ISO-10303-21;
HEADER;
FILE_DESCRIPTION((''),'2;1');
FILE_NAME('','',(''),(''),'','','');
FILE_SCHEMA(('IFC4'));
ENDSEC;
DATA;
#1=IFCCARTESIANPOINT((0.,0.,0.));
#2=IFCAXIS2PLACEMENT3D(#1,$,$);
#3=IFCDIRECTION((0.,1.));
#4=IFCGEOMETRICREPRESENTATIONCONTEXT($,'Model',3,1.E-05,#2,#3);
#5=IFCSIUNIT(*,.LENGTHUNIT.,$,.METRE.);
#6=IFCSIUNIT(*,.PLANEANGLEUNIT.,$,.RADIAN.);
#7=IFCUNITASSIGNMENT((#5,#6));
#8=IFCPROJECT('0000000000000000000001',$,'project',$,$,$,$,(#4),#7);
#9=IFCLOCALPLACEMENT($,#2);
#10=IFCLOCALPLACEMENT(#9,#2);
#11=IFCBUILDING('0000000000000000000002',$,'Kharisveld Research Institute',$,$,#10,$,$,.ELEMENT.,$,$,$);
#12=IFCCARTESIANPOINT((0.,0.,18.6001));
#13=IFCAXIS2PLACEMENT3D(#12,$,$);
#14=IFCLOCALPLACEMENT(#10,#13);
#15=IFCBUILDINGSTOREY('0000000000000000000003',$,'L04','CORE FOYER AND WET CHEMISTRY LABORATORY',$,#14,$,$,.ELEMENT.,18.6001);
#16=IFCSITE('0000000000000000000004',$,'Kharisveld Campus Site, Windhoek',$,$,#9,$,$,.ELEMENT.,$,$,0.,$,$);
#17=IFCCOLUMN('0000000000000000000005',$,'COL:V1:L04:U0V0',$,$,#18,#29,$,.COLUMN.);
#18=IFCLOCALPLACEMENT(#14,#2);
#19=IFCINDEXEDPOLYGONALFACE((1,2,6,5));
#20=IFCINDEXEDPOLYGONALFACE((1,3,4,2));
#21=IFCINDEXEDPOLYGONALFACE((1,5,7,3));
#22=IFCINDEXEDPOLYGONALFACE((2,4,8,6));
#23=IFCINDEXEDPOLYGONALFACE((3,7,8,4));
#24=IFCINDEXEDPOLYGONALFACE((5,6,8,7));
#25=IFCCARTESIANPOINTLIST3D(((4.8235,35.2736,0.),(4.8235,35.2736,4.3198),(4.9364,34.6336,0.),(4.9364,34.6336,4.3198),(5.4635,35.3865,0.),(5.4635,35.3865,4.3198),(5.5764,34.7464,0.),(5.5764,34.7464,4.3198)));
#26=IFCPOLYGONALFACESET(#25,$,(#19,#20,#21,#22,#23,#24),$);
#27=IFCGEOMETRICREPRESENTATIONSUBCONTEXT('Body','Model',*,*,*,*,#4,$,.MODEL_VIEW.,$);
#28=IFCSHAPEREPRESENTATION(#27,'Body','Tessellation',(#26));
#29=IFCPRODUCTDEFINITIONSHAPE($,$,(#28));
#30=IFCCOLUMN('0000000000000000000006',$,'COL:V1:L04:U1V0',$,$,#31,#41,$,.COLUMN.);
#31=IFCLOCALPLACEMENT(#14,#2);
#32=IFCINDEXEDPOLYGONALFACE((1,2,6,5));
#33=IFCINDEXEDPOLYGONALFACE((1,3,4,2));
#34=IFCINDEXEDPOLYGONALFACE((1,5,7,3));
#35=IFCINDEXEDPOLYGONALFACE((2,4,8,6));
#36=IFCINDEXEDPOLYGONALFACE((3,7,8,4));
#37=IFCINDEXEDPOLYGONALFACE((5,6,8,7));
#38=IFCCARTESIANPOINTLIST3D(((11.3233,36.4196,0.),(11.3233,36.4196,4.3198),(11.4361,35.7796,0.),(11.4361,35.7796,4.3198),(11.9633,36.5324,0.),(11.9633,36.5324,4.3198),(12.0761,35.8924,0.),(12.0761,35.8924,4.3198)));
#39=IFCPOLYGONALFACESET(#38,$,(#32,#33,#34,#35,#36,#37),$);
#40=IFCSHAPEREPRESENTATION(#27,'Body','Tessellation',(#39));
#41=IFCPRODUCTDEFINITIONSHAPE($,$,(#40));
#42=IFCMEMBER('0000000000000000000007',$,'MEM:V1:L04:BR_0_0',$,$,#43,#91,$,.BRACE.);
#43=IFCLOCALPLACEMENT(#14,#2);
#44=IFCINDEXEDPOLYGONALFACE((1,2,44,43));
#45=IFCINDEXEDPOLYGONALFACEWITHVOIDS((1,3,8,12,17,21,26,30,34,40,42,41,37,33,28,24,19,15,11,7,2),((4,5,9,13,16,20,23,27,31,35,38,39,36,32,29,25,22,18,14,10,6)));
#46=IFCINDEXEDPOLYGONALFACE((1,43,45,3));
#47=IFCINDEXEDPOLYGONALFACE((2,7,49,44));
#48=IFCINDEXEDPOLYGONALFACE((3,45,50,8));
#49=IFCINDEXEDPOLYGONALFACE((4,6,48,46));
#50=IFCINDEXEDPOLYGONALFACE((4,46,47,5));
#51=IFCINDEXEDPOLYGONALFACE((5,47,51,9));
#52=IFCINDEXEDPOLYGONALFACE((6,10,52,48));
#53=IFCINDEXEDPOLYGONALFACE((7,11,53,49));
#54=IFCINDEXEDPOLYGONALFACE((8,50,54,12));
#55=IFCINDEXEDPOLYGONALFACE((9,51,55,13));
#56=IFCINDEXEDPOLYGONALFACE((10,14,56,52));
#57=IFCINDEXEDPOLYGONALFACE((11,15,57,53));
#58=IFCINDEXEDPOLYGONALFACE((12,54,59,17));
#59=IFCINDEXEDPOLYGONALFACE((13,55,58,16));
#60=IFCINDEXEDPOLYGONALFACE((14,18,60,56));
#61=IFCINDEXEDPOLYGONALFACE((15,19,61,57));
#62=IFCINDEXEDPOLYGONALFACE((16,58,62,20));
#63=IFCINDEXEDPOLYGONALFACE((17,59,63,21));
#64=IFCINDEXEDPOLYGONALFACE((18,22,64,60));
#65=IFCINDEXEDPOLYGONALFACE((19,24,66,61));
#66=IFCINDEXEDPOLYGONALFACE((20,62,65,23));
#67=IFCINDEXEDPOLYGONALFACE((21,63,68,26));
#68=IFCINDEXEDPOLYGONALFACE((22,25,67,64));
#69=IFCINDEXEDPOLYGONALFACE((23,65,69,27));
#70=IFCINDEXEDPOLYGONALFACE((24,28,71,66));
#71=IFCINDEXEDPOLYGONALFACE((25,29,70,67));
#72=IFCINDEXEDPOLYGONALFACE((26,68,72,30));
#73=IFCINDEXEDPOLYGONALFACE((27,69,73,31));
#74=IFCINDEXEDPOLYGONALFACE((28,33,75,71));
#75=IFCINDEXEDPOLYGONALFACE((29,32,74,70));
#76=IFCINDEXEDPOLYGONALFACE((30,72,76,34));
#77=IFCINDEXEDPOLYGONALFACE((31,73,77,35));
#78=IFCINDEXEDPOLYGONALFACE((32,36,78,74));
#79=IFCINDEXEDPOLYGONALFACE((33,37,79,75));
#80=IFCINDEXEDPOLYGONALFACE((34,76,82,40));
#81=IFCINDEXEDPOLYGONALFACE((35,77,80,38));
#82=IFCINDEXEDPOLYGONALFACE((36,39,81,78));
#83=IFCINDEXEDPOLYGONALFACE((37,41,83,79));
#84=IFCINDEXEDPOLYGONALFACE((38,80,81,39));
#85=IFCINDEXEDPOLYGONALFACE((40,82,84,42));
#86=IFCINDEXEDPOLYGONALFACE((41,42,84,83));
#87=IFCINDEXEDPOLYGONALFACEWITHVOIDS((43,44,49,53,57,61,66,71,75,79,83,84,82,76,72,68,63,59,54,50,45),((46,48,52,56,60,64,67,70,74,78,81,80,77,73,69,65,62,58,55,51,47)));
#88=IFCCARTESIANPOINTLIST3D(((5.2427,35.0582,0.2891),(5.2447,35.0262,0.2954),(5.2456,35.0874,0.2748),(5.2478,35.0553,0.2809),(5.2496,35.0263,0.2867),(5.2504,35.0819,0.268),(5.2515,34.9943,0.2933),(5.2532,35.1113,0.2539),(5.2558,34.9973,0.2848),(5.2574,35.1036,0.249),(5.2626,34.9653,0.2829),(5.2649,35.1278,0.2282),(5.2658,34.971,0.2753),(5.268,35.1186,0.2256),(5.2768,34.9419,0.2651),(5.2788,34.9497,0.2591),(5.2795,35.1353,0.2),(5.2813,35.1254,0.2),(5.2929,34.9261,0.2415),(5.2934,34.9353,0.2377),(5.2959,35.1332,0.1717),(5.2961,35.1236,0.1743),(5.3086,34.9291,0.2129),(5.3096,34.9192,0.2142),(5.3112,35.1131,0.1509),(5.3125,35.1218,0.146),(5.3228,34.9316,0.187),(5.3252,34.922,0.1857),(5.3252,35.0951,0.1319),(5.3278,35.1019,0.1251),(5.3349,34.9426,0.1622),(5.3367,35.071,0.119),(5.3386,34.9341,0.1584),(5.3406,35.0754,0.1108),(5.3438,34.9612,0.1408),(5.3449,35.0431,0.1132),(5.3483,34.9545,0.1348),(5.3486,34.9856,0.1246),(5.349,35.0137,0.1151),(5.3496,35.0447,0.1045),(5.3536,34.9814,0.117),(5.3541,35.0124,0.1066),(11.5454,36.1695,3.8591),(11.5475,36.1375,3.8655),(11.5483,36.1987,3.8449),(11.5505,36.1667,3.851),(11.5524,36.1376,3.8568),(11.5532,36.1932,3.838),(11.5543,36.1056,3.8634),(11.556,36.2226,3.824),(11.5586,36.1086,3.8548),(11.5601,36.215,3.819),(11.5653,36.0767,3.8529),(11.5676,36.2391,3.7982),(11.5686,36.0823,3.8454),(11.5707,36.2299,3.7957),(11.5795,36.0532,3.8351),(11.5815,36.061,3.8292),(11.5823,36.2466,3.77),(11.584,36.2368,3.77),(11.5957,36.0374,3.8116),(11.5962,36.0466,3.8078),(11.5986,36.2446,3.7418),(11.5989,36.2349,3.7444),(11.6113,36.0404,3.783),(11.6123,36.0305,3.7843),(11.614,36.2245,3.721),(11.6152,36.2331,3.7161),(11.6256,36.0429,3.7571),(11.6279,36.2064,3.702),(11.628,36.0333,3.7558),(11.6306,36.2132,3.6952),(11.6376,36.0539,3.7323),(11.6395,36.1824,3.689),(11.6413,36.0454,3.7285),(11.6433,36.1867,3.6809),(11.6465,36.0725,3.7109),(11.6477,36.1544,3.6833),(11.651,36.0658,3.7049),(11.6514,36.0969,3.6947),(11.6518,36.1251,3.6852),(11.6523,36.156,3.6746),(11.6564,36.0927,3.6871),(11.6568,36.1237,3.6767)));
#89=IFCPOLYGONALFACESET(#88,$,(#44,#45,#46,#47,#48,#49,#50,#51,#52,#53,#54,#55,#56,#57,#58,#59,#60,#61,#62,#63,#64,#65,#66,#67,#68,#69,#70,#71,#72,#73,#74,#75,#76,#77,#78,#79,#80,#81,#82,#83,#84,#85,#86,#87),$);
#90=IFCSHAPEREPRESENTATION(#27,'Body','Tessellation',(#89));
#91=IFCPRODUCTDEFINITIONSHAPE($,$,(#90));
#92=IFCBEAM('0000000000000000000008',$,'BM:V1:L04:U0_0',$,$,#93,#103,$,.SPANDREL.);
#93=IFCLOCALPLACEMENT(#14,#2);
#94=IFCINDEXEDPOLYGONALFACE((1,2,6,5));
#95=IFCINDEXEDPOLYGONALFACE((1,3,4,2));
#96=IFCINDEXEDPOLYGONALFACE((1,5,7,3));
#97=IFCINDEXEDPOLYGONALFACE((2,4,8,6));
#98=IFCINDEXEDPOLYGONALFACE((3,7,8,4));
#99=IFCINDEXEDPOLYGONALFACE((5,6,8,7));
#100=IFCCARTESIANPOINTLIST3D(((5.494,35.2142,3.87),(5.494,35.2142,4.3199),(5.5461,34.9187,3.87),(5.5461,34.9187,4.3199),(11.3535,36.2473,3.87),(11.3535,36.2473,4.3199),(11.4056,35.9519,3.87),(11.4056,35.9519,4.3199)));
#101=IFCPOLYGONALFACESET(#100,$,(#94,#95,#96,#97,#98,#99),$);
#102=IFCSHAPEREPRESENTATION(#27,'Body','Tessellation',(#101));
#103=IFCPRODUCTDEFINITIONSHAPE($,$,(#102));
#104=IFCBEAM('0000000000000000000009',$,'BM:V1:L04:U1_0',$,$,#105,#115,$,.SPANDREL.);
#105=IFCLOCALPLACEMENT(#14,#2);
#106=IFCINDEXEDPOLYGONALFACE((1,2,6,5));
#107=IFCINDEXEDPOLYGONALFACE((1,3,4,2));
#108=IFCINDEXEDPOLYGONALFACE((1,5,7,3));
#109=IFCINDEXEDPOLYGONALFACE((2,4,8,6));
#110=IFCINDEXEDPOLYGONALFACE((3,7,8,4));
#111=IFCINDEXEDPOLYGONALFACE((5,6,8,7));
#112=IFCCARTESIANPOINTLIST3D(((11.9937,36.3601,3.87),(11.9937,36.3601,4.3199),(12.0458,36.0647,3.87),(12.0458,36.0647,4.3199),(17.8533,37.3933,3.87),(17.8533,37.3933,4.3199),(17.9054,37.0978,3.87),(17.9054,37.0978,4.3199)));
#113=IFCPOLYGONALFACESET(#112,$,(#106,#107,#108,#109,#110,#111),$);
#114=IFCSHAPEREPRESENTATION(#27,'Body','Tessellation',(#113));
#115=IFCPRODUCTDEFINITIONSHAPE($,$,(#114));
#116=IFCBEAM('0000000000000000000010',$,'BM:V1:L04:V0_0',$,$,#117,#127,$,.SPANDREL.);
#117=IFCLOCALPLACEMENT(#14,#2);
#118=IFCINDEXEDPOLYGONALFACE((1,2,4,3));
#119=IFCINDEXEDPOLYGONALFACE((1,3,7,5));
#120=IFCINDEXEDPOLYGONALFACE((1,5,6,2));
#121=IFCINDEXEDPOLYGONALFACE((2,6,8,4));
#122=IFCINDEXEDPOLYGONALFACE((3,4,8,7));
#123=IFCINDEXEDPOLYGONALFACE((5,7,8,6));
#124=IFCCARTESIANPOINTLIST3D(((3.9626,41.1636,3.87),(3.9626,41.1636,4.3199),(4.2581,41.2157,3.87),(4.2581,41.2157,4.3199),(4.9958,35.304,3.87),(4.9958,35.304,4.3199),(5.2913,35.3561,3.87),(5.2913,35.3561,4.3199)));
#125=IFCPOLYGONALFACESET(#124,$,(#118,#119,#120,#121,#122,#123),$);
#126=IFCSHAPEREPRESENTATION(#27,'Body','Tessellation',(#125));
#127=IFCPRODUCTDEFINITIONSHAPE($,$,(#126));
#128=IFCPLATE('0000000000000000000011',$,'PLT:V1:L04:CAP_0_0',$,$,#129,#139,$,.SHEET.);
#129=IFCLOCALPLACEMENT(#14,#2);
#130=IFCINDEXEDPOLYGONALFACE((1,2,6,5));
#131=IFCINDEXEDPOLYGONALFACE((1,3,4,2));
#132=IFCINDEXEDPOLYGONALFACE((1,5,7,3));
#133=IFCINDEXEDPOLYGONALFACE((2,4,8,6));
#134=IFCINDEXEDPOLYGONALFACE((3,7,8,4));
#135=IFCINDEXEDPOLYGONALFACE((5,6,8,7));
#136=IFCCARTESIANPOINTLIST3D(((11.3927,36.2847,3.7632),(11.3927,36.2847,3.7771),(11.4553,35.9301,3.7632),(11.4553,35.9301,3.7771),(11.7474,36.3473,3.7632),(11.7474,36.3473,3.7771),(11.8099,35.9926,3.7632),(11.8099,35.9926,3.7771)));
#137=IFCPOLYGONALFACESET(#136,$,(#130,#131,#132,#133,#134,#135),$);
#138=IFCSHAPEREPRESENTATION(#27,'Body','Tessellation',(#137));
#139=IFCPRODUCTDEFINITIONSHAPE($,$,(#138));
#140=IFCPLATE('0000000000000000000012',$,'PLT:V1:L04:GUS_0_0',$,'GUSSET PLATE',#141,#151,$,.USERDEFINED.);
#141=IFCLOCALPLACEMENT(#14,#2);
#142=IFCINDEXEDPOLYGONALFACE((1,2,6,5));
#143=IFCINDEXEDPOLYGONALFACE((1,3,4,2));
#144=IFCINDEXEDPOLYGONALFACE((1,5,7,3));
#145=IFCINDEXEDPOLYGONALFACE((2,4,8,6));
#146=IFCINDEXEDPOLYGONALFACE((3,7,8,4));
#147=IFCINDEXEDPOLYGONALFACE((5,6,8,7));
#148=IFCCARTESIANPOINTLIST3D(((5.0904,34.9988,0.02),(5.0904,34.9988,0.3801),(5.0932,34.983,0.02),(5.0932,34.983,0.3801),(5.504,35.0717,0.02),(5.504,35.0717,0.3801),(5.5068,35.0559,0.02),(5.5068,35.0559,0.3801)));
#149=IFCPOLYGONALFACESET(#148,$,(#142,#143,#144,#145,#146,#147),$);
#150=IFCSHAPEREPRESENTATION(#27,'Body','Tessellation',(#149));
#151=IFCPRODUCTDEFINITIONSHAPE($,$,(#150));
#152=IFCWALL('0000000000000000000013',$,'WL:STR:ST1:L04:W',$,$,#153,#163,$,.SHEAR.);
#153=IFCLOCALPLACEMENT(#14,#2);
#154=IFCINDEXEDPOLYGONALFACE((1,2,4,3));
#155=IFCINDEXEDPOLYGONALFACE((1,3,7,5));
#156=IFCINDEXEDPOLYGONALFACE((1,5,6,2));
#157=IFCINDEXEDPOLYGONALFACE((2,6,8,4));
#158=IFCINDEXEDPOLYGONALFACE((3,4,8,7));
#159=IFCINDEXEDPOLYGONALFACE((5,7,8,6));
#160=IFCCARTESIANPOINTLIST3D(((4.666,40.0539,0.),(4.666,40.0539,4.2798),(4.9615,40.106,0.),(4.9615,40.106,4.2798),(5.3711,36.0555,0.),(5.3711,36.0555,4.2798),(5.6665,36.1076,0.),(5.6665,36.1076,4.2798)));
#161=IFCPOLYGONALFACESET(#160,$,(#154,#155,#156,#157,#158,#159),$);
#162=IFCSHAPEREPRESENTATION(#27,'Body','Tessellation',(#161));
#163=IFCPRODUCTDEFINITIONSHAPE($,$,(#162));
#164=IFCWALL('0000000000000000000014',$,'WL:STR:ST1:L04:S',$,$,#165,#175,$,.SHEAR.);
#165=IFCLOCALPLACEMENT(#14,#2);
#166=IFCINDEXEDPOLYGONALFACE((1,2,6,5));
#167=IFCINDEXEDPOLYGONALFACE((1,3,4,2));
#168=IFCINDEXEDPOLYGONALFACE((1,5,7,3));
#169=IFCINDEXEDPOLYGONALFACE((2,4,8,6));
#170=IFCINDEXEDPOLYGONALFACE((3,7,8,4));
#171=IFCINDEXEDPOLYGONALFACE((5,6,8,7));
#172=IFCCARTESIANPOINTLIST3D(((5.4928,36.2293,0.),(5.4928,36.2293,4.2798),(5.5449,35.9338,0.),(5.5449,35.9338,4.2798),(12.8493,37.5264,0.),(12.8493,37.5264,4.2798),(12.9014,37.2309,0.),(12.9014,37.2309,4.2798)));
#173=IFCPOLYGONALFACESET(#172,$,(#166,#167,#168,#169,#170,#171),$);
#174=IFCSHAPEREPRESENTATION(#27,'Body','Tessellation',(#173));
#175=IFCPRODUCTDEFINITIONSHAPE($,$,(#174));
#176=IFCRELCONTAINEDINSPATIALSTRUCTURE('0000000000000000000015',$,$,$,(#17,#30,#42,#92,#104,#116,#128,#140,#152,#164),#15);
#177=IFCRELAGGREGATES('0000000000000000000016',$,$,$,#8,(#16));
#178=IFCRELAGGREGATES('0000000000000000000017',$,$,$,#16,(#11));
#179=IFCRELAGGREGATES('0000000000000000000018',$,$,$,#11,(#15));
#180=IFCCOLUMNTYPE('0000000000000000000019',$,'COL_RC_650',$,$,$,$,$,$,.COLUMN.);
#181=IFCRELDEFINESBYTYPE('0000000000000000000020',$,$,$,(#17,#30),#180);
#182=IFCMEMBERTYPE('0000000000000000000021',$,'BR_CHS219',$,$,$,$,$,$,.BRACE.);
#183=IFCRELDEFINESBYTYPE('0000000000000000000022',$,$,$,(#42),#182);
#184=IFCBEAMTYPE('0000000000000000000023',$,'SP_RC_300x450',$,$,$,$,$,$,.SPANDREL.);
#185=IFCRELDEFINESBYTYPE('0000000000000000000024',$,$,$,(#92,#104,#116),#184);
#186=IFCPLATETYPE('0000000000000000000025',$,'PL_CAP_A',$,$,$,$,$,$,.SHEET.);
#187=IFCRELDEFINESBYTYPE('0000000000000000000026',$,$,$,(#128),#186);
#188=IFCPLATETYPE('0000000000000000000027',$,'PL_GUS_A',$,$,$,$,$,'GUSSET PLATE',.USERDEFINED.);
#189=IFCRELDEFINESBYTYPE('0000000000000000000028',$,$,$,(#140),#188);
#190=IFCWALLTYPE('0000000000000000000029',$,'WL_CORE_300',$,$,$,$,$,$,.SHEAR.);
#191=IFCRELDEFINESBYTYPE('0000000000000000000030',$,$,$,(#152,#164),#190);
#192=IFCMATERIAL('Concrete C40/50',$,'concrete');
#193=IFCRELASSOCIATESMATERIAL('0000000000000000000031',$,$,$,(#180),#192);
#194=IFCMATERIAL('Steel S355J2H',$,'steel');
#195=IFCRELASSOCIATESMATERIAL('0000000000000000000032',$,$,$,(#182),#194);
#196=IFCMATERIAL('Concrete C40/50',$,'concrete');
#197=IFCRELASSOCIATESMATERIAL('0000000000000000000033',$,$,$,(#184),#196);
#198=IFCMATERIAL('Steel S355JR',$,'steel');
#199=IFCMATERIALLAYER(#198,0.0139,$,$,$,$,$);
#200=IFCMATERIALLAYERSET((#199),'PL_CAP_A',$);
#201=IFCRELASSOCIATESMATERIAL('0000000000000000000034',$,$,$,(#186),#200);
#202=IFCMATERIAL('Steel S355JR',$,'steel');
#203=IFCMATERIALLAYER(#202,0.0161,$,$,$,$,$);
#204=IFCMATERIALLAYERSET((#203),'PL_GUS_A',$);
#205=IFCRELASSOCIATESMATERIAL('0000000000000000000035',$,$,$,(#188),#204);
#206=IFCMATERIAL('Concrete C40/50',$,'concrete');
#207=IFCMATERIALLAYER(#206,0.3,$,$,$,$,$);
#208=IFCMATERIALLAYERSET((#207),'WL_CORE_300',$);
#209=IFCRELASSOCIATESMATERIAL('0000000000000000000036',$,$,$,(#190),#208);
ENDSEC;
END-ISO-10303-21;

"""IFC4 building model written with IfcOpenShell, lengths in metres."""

from ifc_helpers import new_model, si_unit, direction, frame, frame_2d, origin, origin_2d, place, context, subcontext, project, spatial, rectangle, hollow_circle, extrude, material, layer, layer_set, material_profile, profile_set, type_object, element, save


model = new_model("IFC4")

# Units and contexts
model_context = context("Model", 3, precision=1e-05, world=origin(), true_north=direction((0.0, 1.0)))
body_context = subcontext(model_context, "Body", "Model", "MODEL_VIEW")
ifc_project = project(units=[si_unit("LENGTHUNIT", "METRE"), si_unit("PLANEANGLEUNIT", "RADIAN")], contexts=[model_context])

# Site, building, storey
site_placement = place(None, origin())
site = spatial("IfcSite", under=ifc_project, at=site_placement, Name="Kharisveld Campus Site, Windhoek", CompositionType="ELEMENT", RefElevation=0.0)
building_placement = place(site_placement, origin())
building = spatial("IfcBuilding", under=site, at=building_placement, Name="Kharisveld Research Institute", CompositionType="ELEMENT")
storey_placement = place(building_placement, frame((0.0, 0.0, 18.6001)))
storey = spatial("IfcBuildingStorey", under=building, at=storey_placement, Name="L04", Description="CORE FOYER AND WET CHEMISTRY LABORATORY", CompositionType="ELEMENT", Elevation=18.6001)

# Columns
ifc_material_1 = material(Name="Concrete C40/50", Category="concrete")
ifc_material_profile_1 = material_profile(ifc_material_1, rectangle(XDim=0.6499, YDim=0.6499, at=origin_2d()))
ifc_profile_set_1 = profile_set([ifc_material_profile_1], Name="Concrete C40/50")
column_type = type_object("IfcColumnType", Name="COL_RC_650", PredefinedType="COLUMN", material=ifc_profile_set_1)
for number, where, z_axis, x_axis, name in (
    (1, (5.2, 35.01, 0.0), (0.0, 0.0, 1.0), (0.984808, 0.173648, 0.0), "COL:V1:L04:U0V0"),
    (2, (11.6997, 36.156, 0.0), (0.0, 0.0, 1.0), (0.984808, 0.173648, 0.0), "COL:V1:L04:U1V0"),
):
    element("IfcColumn", number, at=place(storey_placement, frame(where, z_axis=z_axis, x_axis=x_axis)), inside=storey, type_object=column_type, Name=name, PredefinedType="COLUMN", context=body_context, shape_type="SweptSolid", body=[
        extrude(rectangle(XDim=0.6499, YDim=0.6499, at=origin_2d()), origin(), (0.0, 0.0, 1.0), 4.3198),
    ])

# Member
ifc_material_2 = material(Name="Steel S355J2H", Category="steel")
ifc_material_profile_2 = material_profile(ifc_material_2, hollow_circle(Radius=0.1096, WallThickness=0.01, at=origin_2d()))
ifc_profile_set_2 = profile_set([ifc_material_profile_2], Name="Steel S355J2H")
member_type = type_object("IfcMemberType", Name="BR_CHS219", PredefinedType="BRACE", material=ifc_profile_set_2)
member_placement = place(storey_placement, frame((5.2986, 35.0273, 0.2), z_axis=(0.860047, 0.151648, 0.487158), x_axis=(-0.173646, 0.984808, 0.0)))
element("IfcMember", 3, at=member_placement, inside=storey, type_object=member_type, Name="MEM:V1:L04:BR_0_0", PredefinedType="BRACE", context=body_context, shape_type="SweptSolid", body=[
    extrude(hollow_circle(Radius=0.1096, WallThickness=0.01, at=origin_2d()), origin(), (0.0, 0.0, 1.0), 7.3284),
])

# Beams
ifc_material_3 = material(Name="Concrete C40/50", Category="concrete")
ifc_material_profile_3 = material_profile(ifc_material_3, rectangle(XDim=0.3, YDim=0.45, at=origin_2d()))
ifc_profile_set_3 = profile_set([ifc_material_profile_3], Name="Concrete C40/50")
beam_type = type_object("IfcBeamType", Name="SP_RC_300x450", PredefinedType="SPANDREL", material=ifc_profile_set_3)
for number, where, z_axis, x_axis, name in (
    (4, (5.52, 35.0664, 4.095), (0.984808, 0.173647, 0.0), (-0.173647, 0.984808, 0.0), "BM:V1:L04:U0_0"),
    (5, (12.0198, 36.2124, 4.095), (0.984808, 0.173647, 0.0), (-0.173647, 0.984808, 0.0), "BM:V1:L04:U1_0"),
    (6, (5.1436, 35.3301, 4.095), (-0.173647, 0.984808, 0.0), (-0.984808, -0.173647, 0.0), "BM:V1:L04:V0_0"),
):
    element("IfcBeam", number, at=place(storey_placement, frame(where, z_axis=z_axis, x_axis=x_axis)), inside=storey, type_object=beam_type, Name=name, PredefinedType="SPANDREL", context=body_context, shape_type="SweptSolid", body=[
        extrude(rectangle(XDim=0.3, YDim=0.45, at=origin_2d()), origin(), (0.0, 0.0, 1.0), 5.95),
    ])

# Plates
ifc_material_4 = material(Name="Steel S355JR", Category="steel")
ifc_layer_1 = layer(ifc_material_4, 0.0139)
ifc_layer_set_1 = layer_set([ifc_layer_1], Name="PL_CAP_A")
plate_type_1 = type_object("IfcPlateType", Name="PL_CAP_A", PredefinedType="SHEET", material=ifc_layer_set_1)
plate_1_placement = place(storey_placement, frame((11.6013, 36.1387, 3.7632), z_axis=(0.0, 0.0, 1.0), x_axis=(0.984808, 0.173648, 0.0)))
element("IfcPlate", 7, at=plate_1_placement, inside=storey, type_object=plate_type_1, Name="PLT:V1:L04:CAP_0_0", PredefinedType="SHEET", context=body_context, shape_type="SweptSolid", body=[
    extrude(rectangle(XDim=0.3601, YDim=0.3601, at=origin_2d()), origin(), (0.0, 0.0, 1.0), 0.0139),
])
ifc_material_5 = material(Name="Steel S355JR", Category="steel")
ifc_layer_2 = layer(ifc_material_5, 0.0161)
ifc_layer_set_2 = layer_set([ifc_layer_2], Name="PL_GUS_A")
plate_type_2 = type_object("IfcPlateType", Name="PL_GUS_A", ElementType="GUSSET PLATE", PredefinedType="USERDEFINED", material=ifc_layer_set_2)
plate_2_placement = place(storey_placement, frame((5.2986, 35.0273, 0.02), z_axis=(0.0, 0.0, 1.0), x_axis=(0.984808, 0.173648, 0.0)))
element("IfcPlate", 8, at=plate_2_placement, inside=storey, type_object=plate_type_2, Name="PLT:V1:L04:GUS_0_0", ObjectType="GUSSET PLATE", PredefinedType="USERDEFINED", context=body_context, shape_type="SweptSolid", body=[
    extrude(rectangle(XDim=0.4199, YDim=0.0161, at=origin_2d()), origin(), (0.0, 0.0, 1.0), 0.3601),
])

# Walls
ifc_material_6 = material(Name="Concrete C40/50", Category="concrete")
ifc_layer_3 = layer(ifc_material_6, 0.3)
ifc_layer_set_3 = layer_set([ifc_layer_3], Name="WL_CORE_300")
wall_type_1 = type_object("IfcWallType", Name="WL_CORE_300", PredefinedType="SHEAR", material=ifc_layer_set_3)
wall_1_placement = place(storey_placement, frame((5.5188, 36.0815, 0.0), z_axis=(0.0, 0.0, 1.0), x_axis=(-0.173665, 0.984805, 0.0)))
element("IfcWall", 9, at=wall_1_placement, inside=storey, type_object=wall_type_1, Name="WL:STR:ST1:L04:W", PredefinedType="SHEAR", context=body_context, shape_type="SweptSolid", body=[
    extrude(rectangle(XDim=4.0601, YDim=0.3, at=frame_2d((2.03, 0.0))), origin(), (0.0, 0.0, 1.0), 4.2798),
])
wall_2_placement = place(storey_placement, frame((12.8752, 37.3787, 0.0), z_axis=(0.0, 0.0, 1.0), x_axis=(-0.984808, -0.173645, 0.0)))
element("IfcWall", 10, at=wall_2_placement, inside=storey, type_object=wall_type_1, Name="WL:STR:ST1:L04:S", PredefinedType="SHEAR", context=body_context, shape_type="SweptSolid", body=[
    extrude(rectangle(XDim=7.47, YDim=0.3, at=frame_2d((3.7349, 0.0))), origin(), (0.0, 0.0, 1.0), 4.2798),
])

save(model, "model.ifc")
